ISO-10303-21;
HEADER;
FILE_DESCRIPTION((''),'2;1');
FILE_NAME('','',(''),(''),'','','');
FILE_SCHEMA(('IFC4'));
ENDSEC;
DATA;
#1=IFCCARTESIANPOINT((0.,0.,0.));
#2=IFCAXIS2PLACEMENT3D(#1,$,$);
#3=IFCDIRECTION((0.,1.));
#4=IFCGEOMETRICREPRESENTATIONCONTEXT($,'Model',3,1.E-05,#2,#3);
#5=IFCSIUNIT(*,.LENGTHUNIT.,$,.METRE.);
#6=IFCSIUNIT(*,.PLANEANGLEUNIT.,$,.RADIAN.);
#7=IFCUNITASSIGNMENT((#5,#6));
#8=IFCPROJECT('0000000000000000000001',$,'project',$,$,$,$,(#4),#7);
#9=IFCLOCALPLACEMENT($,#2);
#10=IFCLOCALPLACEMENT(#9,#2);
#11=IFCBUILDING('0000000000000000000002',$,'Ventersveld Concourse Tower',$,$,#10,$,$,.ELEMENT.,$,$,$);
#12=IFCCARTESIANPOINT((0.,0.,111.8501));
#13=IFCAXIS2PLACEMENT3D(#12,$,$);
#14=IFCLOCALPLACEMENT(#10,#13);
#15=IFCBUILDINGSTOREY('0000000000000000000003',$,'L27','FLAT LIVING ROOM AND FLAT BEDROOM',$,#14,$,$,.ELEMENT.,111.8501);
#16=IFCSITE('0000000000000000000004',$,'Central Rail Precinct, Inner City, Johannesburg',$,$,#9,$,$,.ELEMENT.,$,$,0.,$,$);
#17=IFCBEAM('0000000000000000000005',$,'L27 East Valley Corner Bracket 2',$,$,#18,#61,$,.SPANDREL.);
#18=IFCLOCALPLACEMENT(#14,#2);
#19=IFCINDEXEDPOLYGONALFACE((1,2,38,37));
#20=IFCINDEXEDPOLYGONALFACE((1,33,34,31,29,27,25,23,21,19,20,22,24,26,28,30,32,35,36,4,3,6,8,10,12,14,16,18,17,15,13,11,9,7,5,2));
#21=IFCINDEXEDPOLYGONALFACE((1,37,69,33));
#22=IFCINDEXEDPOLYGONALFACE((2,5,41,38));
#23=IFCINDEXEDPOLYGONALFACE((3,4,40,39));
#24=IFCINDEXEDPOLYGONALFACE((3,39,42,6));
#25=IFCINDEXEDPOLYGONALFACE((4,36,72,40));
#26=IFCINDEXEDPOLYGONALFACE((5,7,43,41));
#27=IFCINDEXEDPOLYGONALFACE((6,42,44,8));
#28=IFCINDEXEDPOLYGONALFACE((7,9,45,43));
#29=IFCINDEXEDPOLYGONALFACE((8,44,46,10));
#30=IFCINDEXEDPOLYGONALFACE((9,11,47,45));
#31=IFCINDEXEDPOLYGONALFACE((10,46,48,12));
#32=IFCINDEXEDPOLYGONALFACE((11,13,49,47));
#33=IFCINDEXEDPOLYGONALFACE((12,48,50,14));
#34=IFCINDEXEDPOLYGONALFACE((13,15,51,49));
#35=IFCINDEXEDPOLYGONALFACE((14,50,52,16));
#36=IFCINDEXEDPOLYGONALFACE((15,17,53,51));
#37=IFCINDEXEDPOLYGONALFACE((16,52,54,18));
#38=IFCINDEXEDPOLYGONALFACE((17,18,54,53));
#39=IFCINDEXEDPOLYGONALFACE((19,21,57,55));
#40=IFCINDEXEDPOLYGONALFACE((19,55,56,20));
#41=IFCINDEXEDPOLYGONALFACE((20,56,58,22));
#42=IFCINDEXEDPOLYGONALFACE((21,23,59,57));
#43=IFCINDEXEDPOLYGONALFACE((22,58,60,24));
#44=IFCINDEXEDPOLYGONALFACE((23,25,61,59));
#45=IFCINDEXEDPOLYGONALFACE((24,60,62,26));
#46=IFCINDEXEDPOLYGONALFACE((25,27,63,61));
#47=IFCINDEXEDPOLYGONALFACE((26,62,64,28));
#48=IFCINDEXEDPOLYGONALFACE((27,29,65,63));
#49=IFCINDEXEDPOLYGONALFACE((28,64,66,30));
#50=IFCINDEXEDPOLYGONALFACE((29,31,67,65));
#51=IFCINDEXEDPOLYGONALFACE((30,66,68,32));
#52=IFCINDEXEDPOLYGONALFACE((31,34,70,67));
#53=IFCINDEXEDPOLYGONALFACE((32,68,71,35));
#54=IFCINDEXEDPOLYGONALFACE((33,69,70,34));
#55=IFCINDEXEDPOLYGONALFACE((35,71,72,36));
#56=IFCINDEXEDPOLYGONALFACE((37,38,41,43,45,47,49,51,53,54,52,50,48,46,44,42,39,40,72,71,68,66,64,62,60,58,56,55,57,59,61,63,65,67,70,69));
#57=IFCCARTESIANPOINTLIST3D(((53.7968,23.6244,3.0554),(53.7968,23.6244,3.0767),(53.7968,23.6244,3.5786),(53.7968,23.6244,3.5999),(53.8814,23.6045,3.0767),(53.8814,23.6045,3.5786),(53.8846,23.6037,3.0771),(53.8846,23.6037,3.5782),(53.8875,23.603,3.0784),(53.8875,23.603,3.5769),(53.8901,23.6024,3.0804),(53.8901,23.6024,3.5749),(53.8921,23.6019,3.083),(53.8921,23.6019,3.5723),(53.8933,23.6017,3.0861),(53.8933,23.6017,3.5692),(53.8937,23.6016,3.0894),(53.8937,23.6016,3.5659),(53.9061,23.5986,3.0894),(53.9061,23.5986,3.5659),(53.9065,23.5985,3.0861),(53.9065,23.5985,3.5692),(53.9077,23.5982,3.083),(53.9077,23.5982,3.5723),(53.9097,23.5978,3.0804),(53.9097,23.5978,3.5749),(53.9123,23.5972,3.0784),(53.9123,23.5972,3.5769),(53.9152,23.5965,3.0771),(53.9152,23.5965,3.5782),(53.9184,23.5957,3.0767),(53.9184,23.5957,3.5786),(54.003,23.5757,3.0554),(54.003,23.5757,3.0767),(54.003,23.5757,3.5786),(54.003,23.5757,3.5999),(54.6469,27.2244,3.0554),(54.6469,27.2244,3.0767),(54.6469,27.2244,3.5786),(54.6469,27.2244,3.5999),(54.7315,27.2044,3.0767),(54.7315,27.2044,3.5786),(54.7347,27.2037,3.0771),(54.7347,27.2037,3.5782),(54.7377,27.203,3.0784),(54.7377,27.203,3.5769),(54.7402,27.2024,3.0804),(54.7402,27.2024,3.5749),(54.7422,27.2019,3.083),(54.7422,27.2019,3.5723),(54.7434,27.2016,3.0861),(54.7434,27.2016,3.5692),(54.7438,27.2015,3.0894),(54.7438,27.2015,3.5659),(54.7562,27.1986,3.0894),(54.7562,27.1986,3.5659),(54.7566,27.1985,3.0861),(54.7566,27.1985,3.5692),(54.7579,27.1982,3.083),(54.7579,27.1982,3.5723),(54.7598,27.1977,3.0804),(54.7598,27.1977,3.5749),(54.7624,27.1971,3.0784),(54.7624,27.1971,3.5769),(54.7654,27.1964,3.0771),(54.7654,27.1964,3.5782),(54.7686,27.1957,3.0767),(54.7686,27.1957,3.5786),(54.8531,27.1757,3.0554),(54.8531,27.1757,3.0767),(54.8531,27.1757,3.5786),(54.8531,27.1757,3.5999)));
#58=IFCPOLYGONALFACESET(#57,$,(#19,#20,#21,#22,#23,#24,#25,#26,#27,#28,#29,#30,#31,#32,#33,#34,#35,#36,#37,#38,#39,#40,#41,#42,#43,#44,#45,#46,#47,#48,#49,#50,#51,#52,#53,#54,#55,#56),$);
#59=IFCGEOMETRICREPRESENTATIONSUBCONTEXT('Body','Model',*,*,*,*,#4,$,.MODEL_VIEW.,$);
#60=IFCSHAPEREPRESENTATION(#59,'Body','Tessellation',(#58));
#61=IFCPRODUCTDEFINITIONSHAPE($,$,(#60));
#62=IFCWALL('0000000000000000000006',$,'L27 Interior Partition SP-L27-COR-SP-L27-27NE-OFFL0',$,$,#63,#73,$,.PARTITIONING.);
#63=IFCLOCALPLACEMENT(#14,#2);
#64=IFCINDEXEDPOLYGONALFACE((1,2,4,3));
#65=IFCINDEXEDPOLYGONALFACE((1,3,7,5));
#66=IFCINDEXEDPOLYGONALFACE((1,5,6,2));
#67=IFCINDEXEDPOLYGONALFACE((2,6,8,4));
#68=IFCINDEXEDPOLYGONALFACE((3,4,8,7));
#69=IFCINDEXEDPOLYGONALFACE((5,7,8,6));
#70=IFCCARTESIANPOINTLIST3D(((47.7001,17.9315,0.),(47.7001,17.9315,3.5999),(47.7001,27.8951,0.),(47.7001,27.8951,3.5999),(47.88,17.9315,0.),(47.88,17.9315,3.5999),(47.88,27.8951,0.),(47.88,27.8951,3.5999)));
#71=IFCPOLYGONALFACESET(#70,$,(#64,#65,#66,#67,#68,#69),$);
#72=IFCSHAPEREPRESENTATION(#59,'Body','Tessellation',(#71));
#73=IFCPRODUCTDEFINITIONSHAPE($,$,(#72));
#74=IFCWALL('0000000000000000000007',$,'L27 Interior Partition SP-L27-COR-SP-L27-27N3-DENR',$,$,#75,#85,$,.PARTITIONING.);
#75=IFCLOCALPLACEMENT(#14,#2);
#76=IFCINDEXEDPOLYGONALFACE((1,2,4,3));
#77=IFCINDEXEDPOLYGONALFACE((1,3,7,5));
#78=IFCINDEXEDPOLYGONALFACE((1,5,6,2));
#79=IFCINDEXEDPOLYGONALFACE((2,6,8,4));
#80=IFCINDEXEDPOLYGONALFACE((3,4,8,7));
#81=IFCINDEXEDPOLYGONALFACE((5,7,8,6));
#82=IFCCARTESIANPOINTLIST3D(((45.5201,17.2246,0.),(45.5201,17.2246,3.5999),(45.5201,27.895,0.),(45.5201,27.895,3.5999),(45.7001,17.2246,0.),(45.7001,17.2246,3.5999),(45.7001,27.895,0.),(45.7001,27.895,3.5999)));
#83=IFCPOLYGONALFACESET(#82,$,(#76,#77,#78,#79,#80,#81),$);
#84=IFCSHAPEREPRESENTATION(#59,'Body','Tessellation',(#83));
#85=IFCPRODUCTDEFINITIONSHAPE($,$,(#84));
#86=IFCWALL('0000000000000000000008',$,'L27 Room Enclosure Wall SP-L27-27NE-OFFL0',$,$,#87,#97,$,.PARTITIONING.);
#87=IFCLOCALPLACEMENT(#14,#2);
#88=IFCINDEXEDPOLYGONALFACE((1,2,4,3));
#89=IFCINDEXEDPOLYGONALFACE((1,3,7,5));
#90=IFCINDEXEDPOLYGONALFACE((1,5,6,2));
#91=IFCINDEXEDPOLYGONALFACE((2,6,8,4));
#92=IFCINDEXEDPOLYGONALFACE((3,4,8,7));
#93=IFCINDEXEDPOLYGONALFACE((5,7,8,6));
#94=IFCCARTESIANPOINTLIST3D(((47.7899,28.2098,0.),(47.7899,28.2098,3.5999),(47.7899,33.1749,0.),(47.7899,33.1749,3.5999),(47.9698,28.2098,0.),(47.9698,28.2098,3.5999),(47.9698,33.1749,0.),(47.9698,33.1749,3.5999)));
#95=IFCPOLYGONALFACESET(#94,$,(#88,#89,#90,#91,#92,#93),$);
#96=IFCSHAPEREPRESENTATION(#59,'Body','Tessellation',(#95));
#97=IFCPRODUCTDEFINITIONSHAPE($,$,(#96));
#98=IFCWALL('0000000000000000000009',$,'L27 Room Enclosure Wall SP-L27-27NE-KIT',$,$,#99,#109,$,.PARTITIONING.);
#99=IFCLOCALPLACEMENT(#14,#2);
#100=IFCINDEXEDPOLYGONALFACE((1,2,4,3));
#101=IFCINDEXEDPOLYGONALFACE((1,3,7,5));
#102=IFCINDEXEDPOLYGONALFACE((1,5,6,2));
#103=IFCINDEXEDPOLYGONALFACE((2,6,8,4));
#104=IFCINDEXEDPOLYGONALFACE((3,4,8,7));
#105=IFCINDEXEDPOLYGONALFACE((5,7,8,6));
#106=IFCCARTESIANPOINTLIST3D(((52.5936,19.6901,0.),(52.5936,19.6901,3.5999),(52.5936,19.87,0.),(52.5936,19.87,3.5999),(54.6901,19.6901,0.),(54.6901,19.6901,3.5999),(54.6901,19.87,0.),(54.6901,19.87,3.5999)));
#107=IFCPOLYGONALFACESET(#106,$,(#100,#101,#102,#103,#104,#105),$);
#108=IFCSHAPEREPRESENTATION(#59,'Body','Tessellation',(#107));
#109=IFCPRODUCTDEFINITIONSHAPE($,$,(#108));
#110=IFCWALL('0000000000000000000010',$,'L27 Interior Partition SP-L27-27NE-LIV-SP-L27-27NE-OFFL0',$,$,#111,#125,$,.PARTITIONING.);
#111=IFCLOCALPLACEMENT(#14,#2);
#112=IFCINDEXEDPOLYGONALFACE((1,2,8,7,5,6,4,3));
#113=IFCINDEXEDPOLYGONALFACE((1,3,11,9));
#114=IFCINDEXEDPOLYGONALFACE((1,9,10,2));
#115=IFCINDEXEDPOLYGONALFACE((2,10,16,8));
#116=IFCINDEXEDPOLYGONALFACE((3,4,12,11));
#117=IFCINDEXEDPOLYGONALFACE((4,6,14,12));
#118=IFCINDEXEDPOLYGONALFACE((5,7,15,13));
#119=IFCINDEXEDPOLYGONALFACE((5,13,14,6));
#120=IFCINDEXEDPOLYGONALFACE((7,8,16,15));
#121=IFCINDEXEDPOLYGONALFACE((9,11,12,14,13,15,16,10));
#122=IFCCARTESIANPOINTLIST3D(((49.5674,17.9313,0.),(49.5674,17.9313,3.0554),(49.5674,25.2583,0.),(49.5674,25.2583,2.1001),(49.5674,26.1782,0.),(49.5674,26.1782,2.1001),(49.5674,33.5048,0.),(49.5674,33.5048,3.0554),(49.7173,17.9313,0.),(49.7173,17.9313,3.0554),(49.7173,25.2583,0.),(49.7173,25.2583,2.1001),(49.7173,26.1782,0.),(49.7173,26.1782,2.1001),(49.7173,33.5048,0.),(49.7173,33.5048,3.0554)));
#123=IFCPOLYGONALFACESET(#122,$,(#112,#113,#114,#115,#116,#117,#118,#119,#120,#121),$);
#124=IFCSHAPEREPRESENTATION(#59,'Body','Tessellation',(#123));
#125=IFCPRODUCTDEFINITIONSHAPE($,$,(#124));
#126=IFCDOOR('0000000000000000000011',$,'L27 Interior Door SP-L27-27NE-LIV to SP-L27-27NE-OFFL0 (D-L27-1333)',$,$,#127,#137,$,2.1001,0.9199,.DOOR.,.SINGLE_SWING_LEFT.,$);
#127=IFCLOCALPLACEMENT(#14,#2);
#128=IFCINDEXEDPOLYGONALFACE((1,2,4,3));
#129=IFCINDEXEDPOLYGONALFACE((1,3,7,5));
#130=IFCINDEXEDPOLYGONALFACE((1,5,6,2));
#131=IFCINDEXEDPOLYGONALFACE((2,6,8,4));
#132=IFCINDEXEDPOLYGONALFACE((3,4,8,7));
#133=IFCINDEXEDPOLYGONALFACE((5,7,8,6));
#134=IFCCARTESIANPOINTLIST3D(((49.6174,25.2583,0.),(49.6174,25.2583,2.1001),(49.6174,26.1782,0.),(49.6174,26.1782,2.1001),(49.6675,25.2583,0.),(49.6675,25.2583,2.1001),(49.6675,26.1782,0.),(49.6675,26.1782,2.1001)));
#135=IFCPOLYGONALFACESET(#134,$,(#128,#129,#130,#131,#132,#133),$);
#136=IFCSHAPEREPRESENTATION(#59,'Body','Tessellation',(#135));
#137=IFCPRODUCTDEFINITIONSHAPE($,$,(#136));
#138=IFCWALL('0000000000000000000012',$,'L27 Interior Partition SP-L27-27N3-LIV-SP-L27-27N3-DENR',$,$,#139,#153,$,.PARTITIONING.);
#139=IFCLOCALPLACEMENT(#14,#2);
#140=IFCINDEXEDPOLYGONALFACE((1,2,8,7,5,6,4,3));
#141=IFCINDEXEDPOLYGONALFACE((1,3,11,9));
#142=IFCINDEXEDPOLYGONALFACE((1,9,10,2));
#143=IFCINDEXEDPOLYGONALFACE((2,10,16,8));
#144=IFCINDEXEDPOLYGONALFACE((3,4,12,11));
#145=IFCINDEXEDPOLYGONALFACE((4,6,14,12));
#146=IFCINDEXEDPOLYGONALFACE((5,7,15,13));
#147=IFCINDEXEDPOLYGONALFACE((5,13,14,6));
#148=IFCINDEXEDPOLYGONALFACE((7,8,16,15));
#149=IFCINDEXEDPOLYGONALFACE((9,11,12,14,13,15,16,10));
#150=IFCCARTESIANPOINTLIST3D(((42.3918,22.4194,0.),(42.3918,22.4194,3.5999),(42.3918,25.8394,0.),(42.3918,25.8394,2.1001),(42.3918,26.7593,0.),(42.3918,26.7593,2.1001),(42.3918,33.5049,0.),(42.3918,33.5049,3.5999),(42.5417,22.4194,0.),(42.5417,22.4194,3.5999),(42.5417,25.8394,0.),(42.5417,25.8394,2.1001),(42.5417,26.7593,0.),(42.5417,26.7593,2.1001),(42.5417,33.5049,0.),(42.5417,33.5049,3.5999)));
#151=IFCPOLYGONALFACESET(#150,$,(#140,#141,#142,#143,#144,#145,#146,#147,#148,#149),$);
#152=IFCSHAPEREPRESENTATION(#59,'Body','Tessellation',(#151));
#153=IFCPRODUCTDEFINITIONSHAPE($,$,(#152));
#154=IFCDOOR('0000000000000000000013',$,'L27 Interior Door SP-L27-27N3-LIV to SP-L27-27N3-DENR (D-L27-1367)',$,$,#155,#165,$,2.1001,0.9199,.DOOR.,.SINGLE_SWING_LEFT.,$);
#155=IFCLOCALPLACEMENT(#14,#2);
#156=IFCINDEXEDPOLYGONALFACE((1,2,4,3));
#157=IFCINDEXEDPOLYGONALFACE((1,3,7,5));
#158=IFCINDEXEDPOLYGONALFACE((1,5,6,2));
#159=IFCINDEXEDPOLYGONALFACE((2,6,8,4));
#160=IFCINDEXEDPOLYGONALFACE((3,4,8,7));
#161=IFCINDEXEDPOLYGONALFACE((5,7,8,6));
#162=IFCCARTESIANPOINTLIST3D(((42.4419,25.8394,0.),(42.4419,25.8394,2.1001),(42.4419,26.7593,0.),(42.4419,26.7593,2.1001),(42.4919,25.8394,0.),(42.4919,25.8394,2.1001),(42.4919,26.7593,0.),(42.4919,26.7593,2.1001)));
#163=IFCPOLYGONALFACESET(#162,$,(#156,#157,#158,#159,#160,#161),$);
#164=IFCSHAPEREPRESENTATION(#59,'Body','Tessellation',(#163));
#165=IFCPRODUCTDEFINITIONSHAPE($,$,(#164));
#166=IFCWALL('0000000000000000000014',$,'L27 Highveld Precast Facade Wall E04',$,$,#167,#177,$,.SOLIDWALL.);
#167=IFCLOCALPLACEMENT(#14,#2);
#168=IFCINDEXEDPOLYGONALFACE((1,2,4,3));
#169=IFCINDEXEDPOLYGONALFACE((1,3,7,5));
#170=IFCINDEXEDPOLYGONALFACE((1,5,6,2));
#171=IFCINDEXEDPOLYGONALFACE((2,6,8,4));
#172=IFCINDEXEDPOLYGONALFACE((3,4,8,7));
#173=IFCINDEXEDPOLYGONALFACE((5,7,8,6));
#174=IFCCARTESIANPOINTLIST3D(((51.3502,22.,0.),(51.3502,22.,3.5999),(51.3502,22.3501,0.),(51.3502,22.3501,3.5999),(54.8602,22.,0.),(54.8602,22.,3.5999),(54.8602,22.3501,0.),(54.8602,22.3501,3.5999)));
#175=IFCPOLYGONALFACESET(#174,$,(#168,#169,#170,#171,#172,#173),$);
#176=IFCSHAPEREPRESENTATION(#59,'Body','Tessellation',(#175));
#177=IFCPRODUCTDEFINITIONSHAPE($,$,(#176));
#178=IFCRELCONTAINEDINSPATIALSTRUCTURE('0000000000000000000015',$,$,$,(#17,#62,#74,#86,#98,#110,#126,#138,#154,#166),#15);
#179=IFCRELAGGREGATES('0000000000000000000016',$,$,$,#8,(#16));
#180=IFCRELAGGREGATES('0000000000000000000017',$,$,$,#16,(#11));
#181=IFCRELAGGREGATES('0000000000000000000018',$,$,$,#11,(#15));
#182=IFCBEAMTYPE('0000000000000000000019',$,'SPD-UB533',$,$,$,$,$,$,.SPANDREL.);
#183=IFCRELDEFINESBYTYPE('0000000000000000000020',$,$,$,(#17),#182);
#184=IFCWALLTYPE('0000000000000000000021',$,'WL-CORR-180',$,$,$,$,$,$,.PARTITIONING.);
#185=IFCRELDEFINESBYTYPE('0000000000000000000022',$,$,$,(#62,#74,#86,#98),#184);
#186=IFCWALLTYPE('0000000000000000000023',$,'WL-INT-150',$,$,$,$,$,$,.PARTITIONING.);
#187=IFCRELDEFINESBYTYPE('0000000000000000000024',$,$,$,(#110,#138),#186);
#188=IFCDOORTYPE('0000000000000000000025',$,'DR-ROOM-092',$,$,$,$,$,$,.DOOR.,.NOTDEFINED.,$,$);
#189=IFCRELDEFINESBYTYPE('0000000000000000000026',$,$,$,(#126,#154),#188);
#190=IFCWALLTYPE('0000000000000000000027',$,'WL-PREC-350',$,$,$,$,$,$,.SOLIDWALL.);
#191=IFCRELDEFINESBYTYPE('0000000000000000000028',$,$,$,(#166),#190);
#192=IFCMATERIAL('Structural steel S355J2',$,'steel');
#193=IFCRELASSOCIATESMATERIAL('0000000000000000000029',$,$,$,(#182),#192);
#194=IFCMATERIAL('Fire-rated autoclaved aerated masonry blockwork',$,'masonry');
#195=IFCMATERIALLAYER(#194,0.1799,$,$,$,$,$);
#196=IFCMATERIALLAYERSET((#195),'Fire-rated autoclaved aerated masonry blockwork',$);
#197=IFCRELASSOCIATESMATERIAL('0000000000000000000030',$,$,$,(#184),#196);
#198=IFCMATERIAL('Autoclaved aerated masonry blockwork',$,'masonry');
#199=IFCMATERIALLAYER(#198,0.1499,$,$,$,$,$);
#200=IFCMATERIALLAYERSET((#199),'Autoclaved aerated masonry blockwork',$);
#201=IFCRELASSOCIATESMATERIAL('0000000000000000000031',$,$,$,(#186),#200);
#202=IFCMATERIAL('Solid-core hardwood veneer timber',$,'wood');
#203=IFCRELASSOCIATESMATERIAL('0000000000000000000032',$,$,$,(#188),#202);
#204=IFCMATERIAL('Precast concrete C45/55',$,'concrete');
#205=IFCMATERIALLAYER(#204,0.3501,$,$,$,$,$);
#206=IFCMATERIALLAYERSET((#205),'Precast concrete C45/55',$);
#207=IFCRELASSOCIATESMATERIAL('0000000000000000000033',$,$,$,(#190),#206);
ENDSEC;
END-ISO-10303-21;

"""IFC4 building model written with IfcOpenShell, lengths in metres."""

from ifc_helpers import new_model, si_unit, direction, frame, frame_2d, origin, origin_2d, place, context, subcontext, project, spatial, rectangle, i_section, extrude, material, layer, layer_set, material_profile, profile_set, type_object, element, fill, save


model = new_model("IFC4")

# Units and contexts
model_context = context("Model", 3, precision=1e-05, world=origin(), true_north=direction((0.0, 1.0)))
body_context = subcontext(model_context, "Body", "Model", "MODEL_VIEW")
ifc_project = project(units=[si_unit("LENGTHUNIT", "METRE"), si_unit("PLANEANGLEUNIT", "RADIAN")], contexts=[model_context])

# Site, building, storey
site_placement = place(None, origin())
site = spatial("IfcSite", under=ifc_project, at=site_placement, Name="Central Rail Precinct, Inner City, Johannesburg", CompositionType="ELEMENT", RefElevation=0.0)
building_placement = place(site_placement, origin())
building = spatial("IfcBuilding", under=site, at=building_placement, Name="Ventersveld Concourse Tower", CompositionType="ELEMENT")
storey_placement = place(building_placement, frame((0.0, 0.0, 111.8501)))
storey = spatial("IfcBuildingStorey", under=building, at=storey_placement, Name="L27", Description="FLAT LIVING ROOM AND FLAT BEDROOM", CompositionType="ELEMENT", Elevation=111.8501)

# Beam
ifc_material_1 = material(Name="Structural steel S355J2", Category="steel")
ifc_material_profile_1 = material_profile(ifc_material_1, i_section(OverallWidth=0.2119, OverallDepth=0.5444, WebThickness=0.0127, FlangeThickness=0.0212, FilletRadius=0.0127, at=origin_2d()), Name="UB 533x210x122")
ifc_profile_set_1 = profile_set([ifc_material_profile_1], Name="Structural steel S355J2")
beam_type_1 = type_object("IfcBeamType", Name="SPD-UB533", PredefinedType="SPANDREL", material=ifc_profile_set_1)
beam_1_placement = place(storey_placement, frame((53.8999, 23.6001, 3.3276), z_axis=(0.229827, 0.973232, 0.0), x_axis=(-0.973232, 0.229827, 0.0)))
element("IfcBeam", 1, at=beam_1_placement, inside=storey, type_object=beam_type_1, Name="L27 East Valley Corner Bracket 2", PredefinedType="SPANDREL", context=body_context, shape_type="SweptSolid", body=[
    extrude(i_section(OverallWidth=0.2119, OverallDepth=0.5444, WebThickness=0.0127, FlangeThickness=0.0212, FilletRadius=0.0127, at=origin_2d()), origin(), (0.0, 0.0, 1.0), 3.699),
])

# Walls
ifc_material_2 = material(Name="Fire-rated autoclaved aerated masonry blockwork", Category="masonry")
ifc_layer_1 = layer(ifc_material_2, 0.1799)
ifc_layer_set_1 = layer_set([ifc_layer_1], Name="Fire-rated autoclaved aerated masonry blockwork")
wall_type_1 = type_object("IfcWallType", Name="WL-CORR-180", PredefinedType="PARTITIONING", material=ifc_layer_set_1)
wall_1_placement = place(storey_placement, frame((47.79, 17.9314, 0.0), z_axis=(0.0, 0.0, 1.0), x_axis=(0.0, 1.0, 0.0)))
element("IfcWall", 2, at=wall_1_placement, inside=storey, type_object=wall_type_1, Name="L27 Interior Partition SP-L27-COR-SP-L27-27NE-OFFL0", PredefinedType="PARTITIONING", context=body_context, shape_type="SweptSolid", body=[
    extrude(rectangle(XDim=9.9636, YDim=0.1799, at=frame_2d((4.9819, 0.0))), origin(), (0.0, 0.0, 1.0), 3.5999),
])
wall_2_placement = place(storey_placement, frame((45.6101, 17.2246, 0.0), z_axis=(0.0, 0.0, 1.0), x_axis=(0.0, 1.0, 0.0)))
element("IfcWall", 3, at=wall_2_placement, inside=storey, type_object=wall_type_1, Name="L27 Interior Partition SP-L27-COR-SP-L27-27N3-DENR", PredefinedType="PARTITIONING", context=body_context, shape_type="SweptSolid", body=[
    extrude(rectangle(XDim=10.6704, YDim=0.1799, at=frame_2d((5.3352, 0.0))), origin(), (0.0, 0.0, 1.0), 3.5999),
])
wall_3_placement = place(storey_placement, frame((47.8799, 28.21, 0.0), z_axis=(0.0, 0.0, 1.0), x_axis=(0.0, 1.0, 0.0)))
element("IfcWall", 4, at=wall_3_placement, inside=storey, type_object=wall_type_1, Name="L27 Room Enclosure Wall SP-L27-27NE-OFFL0", PredefinedType="PARTITIONING", context=body_context, shape_type="SweptSolid", body=[
    extrude(rectangle(XDim=4.9651, YDim=0.1799, at=frame_2d((2.4824, 0.0))), origin(), (0.0, 0.0, 1.0), 3.5999),
])
wall_4_placement = place(storey_placement, frame((52.5935, 19.78, 0.0), z_axis=(0.0, 0.0, 1.0), x_axis=(1.0, 0.0, 0.0)))
element("IfcWall", 5, at=wall_4_placement, inside=storey, type_object=wall_type_1, Name="L27 Room Enclosure Wall SP-L27-27NE-KIT", PredefinedType="PARTITIONING", context=body_context, shape_type="SweptSolid", body=[
    extrude(rectangle(XDim=2.0964, YDim=0.1799, at=frame_2d((1.0483, 0.0))), origin(), (0.0, 0.0, 1.0), 3.5999),
])

# Walls, openings, doors
ifc_material_3 = material(Name="Autoclaved aerated masonry blockwork", Category="masonry")
ifc_layer_2 = layer(ifc_material_3, 0.1499)
ifc_layer_set_2 = layer_set([ifc_layer_2], Name="Autoclaved aerated masonry blockwork")
wall_type_2 = type_object("IfcWallType", Name="WL-INT-150", PredefinedType="PARTITIONING", material=ifc_layer_set_2)
wall_5_placement = place(storey_placement, frame((49.6423, 17.9314, 0.0), z_axis=(0.0, 0.0, 1.0), x_axis=(0.0, 1.0, 0.0)))
wall_5 = element("IfcWall", 6, at=wall_5_placement, inside=storey, type_object=wall_type_2, Name="L27 Interior Partition SP-L27-27NE-LIV-SP-L27-27NE-OFFL0", PredefinedType="PARTITIONING", context=body_context, shape_type="SweptSolid", body=[
    extrude(rectangle(XDim=15.5735, YDim=0.1499, at=frame_2d((7.7866, 0.0))), origin(), (0.0, 0.0, 1.0), 3.0554),
])
opening_1_placement = place(wall_5_placement, frame((7.3269, 0.0, 0.0)))
opening_1 = element("IfcOpeningElement", 7, at=opening_1_placement, cuts=wall_5, PredefinedType="OPENING", context=body_context, shape_type="SweptSolid", body=[
    extrude(rectangle(XDim=0.9199, YDim=2.1001, at=frame_2d((0.46, 1.05))), frame((0.0, 0.085, 0.0), z_axis=(0.0, -1.0, 0.0), x_axis=(1.0, 0.0, 0.0)), (0.0, 0.0, 1.0), 0.1699),
])
ifc_material_4 = material(Name="Solid-core hardwood veneer timber", Category="wood")
door_type_1 = type_object("IfcDoorType", Name="DR-ROOM-092", OperationType="NOTDEFINED", PredefinedType="DOOR", material=ifc_material_4)
door_1_placement = place(opening_1_placement, origin())
door_1 = element("IfcDoor", 8, at=door_1_placement, inside=storey, type_object=door_type_1, Name="L27 Interior Door SP-L27-27NE-LIV to SP-L27-27NE-OFFL0 (D-L27-1333)", OperationType="SINGLE_SWING_LEFT", OverallHeight=2.1001, OverallWidth=0.9199, PredefinedType="DOOR", context=body_context, shape_type="SweptSolid", body=[
    extrude(rectangle(XDim=0.9199, YDim=2.1001, at=frame_2d((0.46, 1.05))), frame((0.0, 0.0249, 0.0), z_axis=(0.0, -1.0, 0.0), x_axis=(1.0, 0.0, 0.0)), (0.0, 0.0, 1.0), 0.05),
])
fill(opening_1, door_1)
wall_6_placement = place(storey_placement, frame((42.4668, 22.4194, 0.0), z_axis=(0.0, 0.0, 1.0), x_axis=(0.0, 1.0, 0.0)))
wall_6 = element("IfcWall", 9, at=wall_6_placement, inside=storey, type_object=wall_type_2, Name="L27 Interior Partition SP-L27-27N3-LIV-SP-L27-27N3-DENR", PredefinedType="PARTITIONING", context=body_context, shape_type="SweptSolid", body=[
    extrude(rectangle(XDim=11.0854, YDim=0.1499, at=frame_2d((5.5427, 0.0))), origin(), (0.0, 0.0, 1.0), 3.5999),
])
opening_2_placement = place(wall_6_placement, frame((3.4199, 0.0, 0.0)))
opening_2 = element("IfcOpeningElement", 10, at=opening_2_placement, cuts=wall_6, PredefinedType="OPENING", context=body_context, shape_type="SweptSolid", body=[
    extrude(rectangle(XDim=0.9199, YDim=2.1001, at=frame_2d((0.46, 1.05))), frame((0.0, 0.085, 0.0), z_axis=(0.0, -1.0, 0.0), x_axis=(1.0, 0.0, 0.0)), (0.0, 0.0, 1.0), 0.1699),
])
door_2_placement = place(opening_2_placement, origin())
door_2 = element("IfcDoor", 11, at=door_2_placement, inside=storey, type_object=door_type_1, Name="L27 Interior Door SP-L27-27N3-LIV to SP-L27-27N3-DENR (D-L27-1367)", OperationType="SINGLE_SWING_LEFT", OverallHeight=2.1001, OverallWidth=0.9199, PredefinedType="DOOR", context=body_context, shape_type="SweptSolid", body=[
    extrude(rectangle(XDim=0.9199, YDim=2.1001, at=frame_2d((0.46, 1.05))), frame((0.0, 0.0249, 0.0), z_axis=(0.0, -1.0, 0.0), x_axis=(1.0, 0.0, 0.0)), (0.0, 0.0, 1.0), 0.05),
])
fill(opening_2, door_2)

# Wall
ifc_material_5 = material(Name="Precast concrete C45/55", Category="concrete")
ifc_layer_3 = layer(ifc_material_5, 0.3501)
ifc_layer_set_3 = layer_set([ifc_layer_3], Name="Precast concrete C45/55")
wall_type_3 = type_object("IfcWallType", Name="WL-PREC-350", PredefinedType="SOLIDWALL", material=ifc_layer_set_3)
wall_7_placement = place(storey_placement, frame((54.8601, 22.175, 0.0), z_axis=(0.0, 0.0, 1.0), x_axis=(-1.0, 0.0, 0.0)))
element("IfcWall", 12, at=wall_7_placement, inside=storey, type_object=wall_type_3, Name="L27 Highveld Precast Facade Wall E04", PredefinedType="SOLIDWALL", context=body_context, shape_type="SweptSolid", body=[
    extrude(rectangle(XDim=3.51, YDim=0.3501, at=frame_2d((1.7549, 0.0))), origin(), (0.0, 0.0, 1.0), 3.5999),
])

save(model, "model.ifc")
